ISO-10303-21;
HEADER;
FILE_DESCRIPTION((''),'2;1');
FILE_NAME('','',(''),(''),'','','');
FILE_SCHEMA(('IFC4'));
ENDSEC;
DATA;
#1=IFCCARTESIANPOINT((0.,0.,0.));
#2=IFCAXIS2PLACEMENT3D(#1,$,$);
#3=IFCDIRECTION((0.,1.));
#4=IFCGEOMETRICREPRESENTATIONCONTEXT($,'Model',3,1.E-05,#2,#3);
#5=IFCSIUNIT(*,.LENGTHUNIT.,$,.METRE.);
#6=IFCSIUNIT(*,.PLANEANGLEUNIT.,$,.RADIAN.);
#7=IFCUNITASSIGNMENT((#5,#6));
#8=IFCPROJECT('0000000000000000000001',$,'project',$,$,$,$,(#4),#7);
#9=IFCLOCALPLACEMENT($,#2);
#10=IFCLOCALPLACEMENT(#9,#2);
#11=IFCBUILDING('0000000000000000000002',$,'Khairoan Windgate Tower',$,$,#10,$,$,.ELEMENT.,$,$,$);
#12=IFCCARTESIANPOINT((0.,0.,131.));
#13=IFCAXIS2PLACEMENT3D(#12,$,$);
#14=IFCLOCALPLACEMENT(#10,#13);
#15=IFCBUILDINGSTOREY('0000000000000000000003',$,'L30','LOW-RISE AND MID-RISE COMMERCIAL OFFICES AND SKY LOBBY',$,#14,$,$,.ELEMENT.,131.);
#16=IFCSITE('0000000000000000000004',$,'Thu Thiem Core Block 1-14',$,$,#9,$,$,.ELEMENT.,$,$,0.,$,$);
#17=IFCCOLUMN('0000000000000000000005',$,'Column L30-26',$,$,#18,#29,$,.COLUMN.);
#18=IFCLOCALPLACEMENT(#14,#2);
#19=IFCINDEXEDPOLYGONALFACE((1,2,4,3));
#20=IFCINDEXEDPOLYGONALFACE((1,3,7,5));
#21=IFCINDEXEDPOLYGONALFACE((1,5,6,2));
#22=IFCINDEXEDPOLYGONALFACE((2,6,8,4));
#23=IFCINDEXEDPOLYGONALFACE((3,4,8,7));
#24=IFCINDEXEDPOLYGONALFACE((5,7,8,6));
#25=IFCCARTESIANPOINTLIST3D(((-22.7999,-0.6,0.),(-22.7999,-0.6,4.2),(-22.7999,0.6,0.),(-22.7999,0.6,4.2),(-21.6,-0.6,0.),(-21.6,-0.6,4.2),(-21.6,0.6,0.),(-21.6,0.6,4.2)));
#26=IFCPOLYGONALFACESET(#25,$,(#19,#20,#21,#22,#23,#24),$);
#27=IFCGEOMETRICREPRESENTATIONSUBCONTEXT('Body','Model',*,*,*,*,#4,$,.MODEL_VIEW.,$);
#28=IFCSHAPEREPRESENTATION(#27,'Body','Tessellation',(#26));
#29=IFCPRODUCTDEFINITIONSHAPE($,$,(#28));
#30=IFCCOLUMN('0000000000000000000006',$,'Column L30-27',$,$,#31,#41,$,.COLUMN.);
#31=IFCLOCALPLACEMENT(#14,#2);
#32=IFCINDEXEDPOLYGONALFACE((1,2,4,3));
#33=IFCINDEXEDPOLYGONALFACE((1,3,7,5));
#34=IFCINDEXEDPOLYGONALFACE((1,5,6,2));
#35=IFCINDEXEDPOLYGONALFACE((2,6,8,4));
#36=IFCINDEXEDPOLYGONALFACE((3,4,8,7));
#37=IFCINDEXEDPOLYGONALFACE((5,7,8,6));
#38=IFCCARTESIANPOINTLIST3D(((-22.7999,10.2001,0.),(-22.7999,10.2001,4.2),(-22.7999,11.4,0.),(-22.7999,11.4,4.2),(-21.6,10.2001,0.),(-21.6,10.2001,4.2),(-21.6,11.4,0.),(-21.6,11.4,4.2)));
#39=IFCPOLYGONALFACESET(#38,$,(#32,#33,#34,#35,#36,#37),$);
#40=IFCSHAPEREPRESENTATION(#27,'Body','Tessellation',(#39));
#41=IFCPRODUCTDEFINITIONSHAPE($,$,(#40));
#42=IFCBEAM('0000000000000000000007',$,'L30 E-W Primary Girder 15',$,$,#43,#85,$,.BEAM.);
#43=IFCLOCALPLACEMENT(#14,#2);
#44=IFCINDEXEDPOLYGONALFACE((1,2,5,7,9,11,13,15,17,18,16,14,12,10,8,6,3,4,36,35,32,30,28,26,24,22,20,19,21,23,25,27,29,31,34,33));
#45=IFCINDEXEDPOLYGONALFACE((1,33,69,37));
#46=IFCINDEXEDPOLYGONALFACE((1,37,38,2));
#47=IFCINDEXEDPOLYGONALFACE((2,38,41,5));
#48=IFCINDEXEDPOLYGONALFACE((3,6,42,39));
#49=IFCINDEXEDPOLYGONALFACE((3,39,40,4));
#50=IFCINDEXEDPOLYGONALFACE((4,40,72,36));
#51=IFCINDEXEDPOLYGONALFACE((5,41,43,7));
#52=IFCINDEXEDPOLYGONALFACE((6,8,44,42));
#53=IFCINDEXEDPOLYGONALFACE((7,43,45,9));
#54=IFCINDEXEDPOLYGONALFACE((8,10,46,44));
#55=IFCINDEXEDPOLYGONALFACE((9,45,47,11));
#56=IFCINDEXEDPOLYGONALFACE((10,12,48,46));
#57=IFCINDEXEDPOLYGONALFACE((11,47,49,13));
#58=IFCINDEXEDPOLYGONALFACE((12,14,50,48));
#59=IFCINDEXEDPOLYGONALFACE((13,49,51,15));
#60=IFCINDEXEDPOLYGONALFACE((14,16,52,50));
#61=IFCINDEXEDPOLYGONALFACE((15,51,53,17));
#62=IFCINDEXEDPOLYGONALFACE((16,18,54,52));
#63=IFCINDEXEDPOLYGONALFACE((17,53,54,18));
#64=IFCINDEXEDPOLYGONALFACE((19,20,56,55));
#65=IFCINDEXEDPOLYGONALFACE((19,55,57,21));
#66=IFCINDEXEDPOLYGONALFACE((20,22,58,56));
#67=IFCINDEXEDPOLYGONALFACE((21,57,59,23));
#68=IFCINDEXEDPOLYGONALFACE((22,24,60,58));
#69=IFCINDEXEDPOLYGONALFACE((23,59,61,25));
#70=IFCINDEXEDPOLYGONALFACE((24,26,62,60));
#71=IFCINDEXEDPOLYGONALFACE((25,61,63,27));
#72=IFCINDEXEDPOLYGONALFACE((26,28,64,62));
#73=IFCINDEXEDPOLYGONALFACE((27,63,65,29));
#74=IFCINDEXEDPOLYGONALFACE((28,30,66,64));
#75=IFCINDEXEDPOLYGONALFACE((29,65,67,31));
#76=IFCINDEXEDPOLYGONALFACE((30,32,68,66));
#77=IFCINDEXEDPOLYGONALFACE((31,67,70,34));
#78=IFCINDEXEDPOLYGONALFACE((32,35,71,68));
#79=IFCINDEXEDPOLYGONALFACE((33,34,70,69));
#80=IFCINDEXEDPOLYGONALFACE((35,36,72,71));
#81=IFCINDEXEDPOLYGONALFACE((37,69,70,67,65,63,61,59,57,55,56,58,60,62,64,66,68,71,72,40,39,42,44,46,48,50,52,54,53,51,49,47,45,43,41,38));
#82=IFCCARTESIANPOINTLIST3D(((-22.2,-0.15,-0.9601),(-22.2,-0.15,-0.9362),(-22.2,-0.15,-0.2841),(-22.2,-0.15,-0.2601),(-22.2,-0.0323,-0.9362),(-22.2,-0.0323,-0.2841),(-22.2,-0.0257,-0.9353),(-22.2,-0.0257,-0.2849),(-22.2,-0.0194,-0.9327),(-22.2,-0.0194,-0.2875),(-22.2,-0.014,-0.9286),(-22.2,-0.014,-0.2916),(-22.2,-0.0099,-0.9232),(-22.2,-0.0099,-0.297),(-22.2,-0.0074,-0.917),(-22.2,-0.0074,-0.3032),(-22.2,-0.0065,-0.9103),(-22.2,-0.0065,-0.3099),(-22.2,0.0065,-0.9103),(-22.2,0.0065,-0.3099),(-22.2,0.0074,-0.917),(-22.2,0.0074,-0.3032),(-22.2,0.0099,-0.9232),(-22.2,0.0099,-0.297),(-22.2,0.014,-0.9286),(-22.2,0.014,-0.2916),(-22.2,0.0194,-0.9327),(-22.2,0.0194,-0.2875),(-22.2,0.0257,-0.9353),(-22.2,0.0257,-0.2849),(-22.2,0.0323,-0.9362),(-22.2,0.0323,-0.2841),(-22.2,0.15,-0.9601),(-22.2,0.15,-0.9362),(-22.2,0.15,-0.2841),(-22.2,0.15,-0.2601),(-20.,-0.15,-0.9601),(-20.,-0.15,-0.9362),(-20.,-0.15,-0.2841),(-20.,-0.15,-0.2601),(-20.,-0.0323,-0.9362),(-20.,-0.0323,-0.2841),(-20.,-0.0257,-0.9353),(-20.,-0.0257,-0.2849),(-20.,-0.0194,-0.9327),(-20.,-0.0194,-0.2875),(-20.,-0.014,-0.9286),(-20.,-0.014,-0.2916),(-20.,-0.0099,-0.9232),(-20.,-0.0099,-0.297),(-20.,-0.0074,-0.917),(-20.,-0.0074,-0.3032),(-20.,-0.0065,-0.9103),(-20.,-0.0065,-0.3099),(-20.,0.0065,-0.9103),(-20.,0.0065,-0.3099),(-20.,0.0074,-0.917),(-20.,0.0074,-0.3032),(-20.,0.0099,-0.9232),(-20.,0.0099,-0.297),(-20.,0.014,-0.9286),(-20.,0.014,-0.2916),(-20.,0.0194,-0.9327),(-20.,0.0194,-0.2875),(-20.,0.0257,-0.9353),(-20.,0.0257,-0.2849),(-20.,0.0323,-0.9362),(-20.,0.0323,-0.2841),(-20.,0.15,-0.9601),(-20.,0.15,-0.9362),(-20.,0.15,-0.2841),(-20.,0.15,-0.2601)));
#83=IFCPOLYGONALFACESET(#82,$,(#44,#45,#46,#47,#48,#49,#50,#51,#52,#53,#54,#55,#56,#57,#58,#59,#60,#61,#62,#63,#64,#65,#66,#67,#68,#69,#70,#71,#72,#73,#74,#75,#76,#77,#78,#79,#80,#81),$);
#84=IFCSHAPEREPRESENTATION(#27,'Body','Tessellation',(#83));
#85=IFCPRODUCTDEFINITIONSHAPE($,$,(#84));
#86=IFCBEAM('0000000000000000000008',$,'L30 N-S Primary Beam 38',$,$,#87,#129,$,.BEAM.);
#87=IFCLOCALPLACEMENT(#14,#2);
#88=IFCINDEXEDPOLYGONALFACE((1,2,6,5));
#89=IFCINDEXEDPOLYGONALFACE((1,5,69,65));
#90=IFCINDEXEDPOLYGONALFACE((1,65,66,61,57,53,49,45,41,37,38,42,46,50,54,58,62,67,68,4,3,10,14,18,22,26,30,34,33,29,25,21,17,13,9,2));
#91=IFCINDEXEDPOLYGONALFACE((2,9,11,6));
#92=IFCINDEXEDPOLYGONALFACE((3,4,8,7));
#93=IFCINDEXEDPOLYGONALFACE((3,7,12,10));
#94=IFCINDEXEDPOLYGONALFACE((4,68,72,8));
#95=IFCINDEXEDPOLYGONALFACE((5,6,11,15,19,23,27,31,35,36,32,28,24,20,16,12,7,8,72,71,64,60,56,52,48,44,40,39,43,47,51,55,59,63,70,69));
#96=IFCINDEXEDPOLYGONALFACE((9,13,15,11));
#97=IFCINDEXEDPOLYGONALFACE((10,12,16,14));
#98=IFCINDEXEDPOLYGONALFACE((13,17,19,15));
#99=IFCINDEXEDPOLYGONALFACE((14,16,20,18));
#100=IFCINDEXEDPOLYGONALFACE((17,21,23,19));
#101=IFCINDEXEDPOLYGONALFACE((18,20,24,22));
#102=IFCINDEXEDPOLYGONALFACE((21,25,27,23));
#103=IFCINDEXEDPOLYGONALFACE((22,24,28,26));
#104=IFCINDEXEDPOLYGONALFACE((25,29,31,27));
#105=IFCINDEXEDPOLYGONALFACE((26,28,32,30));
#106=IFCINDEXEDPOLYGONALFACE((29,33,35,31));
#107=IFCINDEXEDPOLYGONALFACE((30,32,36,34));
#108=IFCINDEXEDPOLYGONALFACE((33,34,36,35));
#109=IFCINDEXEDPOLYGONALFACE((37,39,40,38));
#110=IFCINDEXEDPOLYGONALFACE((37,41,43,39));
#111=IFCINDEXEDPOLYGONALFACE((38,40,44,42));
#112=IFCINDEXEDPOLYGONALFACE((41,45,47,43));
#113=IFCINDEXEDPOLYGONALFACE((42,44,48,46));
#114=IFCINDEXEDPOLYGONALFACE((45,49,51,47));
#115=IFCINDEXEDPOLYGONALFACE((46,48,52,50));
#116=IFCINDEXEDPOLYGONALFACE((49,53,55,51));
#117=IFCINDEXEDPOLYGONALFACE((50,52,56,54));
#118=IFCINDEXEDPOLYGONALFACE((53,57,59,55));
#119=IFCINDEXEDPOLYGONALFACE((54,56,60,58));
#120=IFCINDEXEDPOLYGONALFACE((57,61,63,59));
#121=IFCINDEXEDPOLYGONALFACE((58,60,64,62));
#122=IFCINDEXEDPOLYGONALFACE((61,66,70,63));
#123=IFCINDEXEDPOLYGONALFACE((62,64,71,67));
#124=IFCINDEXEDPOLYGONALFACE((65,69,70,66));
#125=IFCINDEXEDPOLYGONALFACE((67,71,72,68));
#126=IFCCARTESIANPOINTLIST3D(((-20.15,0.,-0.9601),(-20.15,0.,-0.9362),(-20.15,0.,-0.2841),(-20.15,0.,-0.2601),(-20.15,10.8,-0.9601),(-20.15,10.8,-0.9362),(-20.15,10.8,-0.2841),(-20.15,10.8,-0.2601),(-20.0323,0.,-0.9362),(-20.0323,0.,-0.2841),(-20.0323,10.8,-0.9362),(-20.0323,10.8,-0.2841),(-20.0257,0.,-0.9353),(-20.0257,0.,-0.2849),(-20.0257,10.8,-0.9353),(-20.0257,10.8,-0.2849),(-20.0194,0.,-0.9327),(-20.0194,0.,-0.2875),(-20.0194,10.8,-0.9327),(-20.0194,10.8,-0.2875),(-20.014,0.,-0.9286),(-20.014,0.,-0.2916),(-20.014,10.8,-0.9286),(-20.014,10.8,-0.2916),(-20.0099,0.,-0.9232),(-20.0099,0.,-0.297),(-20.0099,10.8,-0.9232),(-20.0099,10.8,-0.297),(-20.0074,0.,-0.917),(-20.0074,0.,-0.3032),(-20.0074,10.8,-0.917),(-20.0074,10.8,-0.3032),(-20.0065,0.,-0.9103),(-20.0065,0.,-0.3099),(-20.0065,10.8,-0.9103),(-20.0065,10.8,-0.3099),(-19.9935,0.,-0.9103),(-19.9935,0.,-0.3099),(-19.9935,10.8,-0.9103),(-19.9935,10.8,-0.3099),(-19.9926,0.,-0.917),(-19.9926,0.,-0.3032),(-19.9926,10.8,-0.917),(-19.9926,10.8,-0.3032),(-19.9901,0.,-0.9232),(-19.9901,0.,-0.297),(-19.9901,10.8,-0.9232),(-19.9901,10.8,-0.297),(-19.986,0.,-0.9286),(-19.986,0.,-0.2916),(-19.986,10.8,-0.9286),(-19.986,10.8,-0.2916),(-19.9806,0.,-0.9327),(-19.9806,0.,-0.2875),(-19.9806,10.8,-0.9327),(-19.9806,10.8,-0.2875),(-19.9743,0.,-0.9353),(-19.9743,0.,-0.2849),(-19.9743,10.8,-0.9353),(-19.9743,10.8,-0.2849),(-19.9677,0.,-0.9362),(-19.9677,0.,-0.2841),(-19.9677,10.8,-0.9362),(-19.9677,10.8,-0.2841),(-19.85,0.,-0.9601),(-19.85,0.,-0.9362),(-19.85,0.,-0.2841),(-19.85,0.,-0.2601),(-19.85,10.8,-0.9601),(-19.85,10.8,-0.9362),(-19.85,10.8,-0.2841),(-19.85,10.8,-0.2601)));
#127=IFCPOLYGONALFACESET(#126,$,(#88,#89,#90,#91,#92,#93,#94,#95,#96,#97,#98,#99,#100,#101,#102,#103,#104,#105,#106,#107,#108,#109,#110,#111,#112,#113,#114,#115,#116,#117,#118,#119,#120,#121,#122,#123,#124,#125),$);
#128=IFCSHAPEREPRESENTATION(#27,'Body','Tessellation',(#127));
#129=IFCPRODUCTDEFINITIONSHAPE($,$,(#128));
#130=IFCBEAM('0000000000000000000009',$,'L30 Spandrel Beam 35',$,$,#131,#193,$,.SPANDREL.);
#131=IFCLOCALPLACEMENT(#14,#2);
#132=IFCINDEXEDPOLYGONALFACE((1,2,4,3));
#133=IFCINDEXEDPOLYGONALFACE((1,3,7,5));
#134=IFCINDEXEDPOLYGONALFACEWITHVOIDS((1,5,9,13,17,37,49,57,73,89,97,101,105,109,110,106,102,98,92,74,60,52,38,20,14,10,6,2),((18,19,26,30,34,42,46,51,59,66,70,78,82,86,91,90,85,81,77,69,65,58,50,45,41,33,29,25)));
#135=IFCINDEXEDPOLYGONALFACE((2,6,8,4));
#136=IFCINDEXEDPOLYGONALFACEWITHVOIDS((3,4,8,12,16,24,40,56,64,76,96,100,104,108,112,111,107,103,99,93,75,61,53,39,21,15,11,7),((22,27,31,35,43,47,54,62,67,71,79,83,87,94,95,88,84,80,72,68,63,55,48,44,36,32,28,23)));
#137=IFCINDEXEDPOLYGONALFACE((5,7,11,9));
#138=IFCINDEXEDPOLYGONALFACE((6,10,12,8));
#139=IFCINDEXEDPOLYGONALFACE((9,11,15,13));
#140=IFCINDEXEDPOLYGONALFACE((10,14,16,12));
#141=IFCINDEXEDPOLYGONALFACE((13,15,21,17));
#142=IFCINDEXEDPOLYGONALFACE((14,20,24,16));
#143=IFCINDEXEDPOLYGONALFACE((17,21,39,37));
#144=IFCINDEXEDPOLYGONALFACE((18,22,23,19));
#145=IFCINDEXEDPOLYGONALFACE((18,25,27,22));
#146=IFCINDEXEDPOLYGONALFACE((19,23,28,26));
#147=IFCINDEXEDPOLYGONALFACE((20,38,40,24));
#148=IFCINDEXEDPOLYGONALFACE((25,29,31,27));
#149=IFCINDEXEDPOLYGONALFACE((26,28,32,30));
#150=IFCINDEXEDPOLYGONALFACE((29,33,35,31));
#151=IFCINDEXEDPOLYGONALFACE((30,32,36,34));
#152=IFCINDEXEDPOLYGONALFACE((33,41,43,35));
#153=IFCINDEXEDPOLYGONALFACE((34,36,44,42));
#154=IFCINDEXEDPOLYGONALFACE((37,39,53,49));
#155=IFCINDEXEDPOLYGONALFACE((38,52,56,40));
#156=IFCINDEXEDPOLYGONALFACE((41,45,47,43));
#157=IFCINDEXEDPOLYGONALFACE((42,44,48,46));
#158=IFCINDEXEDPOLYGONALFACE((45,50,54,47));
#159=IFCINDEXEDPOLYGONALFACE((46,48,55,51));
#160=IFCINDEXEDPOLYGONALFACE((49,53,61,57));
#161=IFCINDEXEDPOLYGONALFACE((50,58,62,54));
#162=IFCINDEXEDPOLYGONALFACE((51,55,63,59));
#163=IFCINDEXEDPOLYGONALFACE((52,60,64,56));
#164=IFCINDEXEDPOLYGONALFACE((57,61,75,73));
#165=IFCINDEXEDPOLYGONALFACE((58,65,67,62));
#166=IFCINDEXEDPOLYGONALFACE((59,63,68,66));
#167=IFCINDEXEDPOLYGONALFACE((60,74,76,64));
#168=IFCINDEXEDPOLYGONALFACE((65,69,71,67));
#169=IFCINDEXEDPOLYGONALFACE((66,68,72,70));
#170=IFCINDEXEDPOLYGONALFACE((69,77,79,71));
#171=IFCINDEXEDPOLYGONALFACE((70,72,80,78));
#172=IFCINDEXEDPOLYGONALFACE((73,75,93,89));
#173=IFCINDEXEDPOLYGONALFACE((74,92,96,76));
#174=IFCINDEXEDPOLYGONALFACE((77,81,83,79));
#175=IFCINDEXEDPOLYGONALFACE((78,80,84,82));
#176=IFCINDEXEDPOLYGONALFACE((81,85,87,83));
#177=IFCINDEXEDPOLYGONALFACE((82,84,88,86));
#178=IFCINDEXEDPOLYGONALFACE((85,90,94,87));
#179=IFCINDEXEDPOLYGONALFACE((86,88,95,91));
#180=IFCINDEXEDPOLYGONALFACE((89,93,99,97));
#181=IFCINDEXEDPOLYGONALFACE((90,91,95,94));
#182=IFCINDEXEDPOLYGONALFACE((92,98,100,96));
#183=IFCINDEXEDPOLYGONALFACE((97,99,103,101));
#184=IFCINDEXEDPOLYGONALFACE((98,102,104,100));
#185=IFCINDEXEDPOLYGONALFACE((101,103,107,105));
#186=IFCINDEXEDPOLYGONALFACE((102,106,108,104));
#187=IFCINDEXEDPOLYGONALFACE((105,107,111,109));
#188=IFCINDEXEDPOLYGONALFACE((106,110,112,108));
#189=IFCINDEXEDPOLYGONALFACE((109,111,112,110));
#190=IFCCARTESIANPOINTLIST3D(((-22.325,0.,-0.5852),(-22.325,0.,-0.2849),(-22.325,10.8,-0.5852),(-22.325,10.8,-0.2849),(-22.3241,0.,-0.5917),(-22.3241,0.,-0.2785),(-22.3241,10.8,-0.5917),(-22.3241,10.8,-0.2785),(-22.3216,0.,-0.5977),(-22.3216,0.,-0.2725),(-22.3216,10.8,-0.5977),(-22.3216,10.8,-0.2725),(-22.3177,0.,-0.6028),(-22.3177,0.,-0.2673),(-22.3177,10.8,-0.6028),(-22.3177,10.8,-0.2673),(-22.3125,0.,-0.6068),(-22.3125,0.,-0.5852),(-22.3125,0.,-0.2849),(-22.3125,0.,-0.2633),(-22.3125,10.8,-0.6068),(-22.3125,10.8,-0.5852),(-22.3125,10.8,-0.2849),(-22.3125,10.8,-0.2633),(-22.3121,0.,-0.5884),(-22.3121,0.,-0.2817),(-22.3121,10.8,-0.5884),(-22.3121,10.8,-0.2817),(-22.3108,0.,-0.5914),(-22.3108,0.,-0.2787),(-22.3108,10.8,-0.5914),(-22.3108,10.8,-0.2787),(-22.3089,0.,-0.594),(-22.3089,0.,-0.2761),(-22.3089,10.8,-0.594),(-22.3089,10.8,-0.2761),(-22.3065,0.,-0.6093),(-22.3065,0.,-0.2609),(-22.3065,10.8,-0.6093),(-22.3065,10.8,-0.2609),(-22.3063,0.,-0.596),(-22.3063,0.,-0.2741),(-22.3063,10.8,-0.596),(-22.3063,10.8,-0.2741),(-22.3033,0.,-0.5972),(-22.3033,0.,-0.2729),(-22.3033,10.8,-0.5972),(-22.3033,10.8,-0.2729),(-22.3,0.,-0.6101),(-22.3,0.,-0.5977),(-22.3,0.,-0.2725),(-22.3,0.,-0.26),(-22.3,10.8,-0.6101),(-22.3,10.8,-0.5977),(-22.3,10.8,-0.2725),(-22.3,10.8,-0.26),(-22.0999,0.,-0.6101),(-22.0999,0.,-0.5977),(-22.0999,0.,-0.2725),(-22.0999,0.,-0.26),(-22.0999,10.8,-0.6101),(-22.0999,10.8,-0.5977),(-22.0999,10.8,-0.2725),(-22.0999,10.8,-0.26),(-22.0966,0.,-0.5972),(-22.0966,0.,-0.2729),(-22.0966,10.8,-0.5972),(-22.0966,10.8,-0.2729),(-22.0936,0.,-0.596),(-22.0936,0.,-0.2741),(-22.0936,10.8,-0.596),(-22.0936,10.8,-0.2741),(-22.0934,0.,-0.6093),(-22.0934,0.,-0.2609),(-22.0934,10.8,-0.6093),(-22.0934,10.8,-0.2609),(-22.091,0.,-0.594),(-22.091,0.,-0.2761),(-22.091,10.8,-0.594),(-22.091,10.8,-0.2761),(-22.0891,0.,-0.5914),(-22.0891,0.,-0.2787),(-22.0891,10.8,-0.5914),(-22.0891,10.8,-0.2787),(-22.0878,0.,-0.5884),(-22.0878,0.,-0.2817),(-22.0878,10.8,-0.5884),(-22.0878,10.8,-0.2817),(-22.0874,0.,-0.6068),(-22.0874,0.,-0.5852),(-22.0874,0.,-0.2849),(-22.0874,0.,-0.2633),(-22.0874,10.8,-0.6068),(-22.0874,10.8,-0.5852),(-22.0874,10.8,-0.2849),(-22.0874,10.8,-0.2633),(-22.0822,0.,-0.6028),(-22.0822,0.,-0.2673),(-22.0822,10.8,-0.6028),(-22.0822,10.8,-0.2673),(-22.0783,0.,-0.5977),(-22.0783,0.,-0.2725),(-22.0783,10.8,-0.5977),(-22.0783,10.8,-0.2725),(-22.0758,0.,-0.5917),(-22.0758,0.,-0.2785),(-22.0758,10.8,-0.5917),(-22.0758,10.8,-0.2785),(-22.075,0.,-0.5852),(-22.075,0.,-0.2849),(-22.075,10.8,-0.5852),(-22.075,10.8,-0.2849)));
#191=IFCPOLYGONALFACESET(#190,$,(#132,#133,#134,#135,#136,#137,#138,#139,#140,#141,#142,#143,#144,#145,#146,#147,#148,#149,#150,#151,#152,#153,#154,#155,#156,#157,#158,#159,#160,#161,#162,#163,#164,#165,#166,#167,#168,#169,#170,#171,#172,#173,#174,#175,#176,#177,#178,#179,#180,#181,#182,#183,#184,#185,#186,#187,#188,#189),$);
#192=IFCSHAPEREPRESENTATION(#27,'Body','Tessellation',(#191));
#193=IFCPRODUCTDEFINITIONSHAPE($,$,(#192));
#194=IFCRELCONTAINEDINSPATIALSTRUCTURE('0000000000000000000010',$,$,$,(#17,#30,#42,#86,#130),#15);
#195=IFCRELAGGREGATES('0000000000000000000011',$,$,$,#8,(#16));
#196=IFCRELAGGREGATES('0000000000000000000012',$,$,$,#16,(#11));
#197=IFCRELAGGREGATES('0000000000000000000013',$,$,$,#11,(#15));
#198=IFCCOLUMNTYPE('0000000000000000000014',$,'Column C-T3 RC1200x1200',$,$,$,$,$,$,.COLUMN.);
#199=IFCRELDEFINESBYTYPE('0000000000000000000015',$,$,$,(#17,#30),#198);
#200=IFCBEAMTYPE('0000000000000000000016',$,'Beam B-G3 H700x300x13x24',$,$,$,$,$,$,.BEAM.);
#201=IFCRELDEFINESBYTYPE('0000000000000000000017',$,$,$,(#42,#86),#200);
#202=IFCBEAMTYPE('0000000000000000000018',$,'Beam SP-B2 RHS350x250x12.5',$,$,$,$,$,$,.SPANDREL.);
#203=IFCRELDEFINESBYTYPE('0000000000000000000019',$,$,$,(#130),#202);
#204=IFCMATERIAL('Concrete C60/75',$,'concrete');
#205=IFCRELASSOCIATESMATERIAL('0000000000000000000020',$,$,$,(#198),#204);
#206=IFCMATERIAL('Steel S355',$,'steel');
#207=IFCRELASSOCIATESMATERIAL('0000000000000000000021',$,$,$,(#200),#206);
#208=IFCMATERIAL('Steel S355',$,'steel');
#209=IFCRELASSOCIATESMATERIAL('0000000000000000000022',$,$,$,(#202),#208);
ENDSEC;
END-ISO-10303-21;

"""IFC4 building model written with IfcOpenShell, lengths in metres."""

from ifc_helpers import new_model, si_unit, direction, frame, origin, origin_2d, place, context, subcontext, project, spatial, rectangle, hollow_rectangle, i_section, extrude, material, material_profile, profile_set, type_object, element, save


model = new_model("IFC4")

# Units and contexts
model_context = context("Model", 3, precision=1e-05, world=origin(), true_north=direction((0.0, 1.0)))
body_context = subcontext(model_context, "Body", "Model", "MODEL_VIEW")
ifc_project = project(units=[si_unit("LENGTHUNIT", "METRE"), si_unit("PLANEANGLEUNIT", "RADIAN")], contexts=[model_context])

# Site, building, storey
site_placement = place(None, origin())
site = spatial("IfcSite", under=ifc_project, at=site_placement, Name="Thu Thiem Core Block 1-14", CompositionType="ELEMENT", RefElevation=0.0)
building_placement = place(site_placement, origin())
building = spatial("IfcBuilding", under=site, at=building_placement, Name="Khairoan Windgate Tower", CompositionType="ELEMENT")
storey_placement = place(building_placement, frame((0.0, 0.0, 131.0)))
storey = spatial("IfcBuildingStorey", under=building, at=storey_placement, Name="L30", Description="LOW-RISE AND MID-RISE COMMERCIAL OFFICES AND SKY LOBBY", CompositionType="ELEMENT", Elevation=131.0)

# Columns
ifc_material_1 = material(Name="Concrete C60/75", Category="concrete")
ifc_material_profile_1 = material_profile(ifc_material_1, rectangle(XDim=1.2, YDim=1.2, at=origin_2d()))
ifc_profile_set_1 = profile_set([ifc_material_profile_1], Name="Concrete C60/75")
column_type = type_object("IfcColumnType", Name="Column C-T3 RC1200x1200", PredefinedType="COLUMN", material=ifc_profile_set_1)
for number, where, z_axis, x_axis, name in (
    (1, (-22.2, 0.0, 0.0), (0.0, 0.0, 1.0), (1.0, 0.0, 0.0), "Column L30-26"),
    (2, (-22.2, 10.8, 0.0), (0.0, 0.0, 1.0), (1.0, 0.0, 0.0), "Column L30-27"),
):
    element("IfcColumn", number, at=place(storey_placement, frame(where, z_axis=z_axis, x_axis=x_axis)), inside=storey, type_object=column_type, Name=name, PredefinedType="COLUMN", context=body_context, shape_type="SweptSolid", body=[
        extrude(rectangle(XDim=1.2, YDim=1.2, at=origin_2d()), origin(), (0.0, 0.0, 1.0), 4.2),
    ])

# Beams
ifc_material_2 = material(Name="Steel S355", Category="steel")
ifc_material_profile_2 = material_profile(ifc_material_2, i_section(OverallWidth=0.3, OverallDepth=0.7, WebThickness=0.0129, FlangeThickness=0.0239, FilletRadius=0.0259, at=origin_2d()))
ifc_profile_set_2 = profile_set([ifc_material_profile_2], Name="Steel S355")
beam_type_1 = type_object("IfcBeamType", Name="Beam B-G3 H700x300x13x24", PredefinedType="BEAM", material=ifc_profile_set_2)
beam_1_placement = place(storey_placement, frame((-22.2, 0.0, -0.6101), z_axis=(1.0, 0.0, 0.0), x_axis=(0.0, 1.0, 0.0)))
element("IfcBeam", 3, at=beam_1_placement, inside=storey, type_object=beam_type_1, Name="L30 E-W Primary Girder 15", PredefinedType="BEAM", context=body_context, shape_type="SweptSolid", body=[
    extrude(i_section(OverallWidth=0.3, OverallDepth=0.7, WebThickness=0.0129, FlangeThickness=0.0239, FilletRadius=0.0259, at=origin_2d()), origin(), (0.0, 0.0, 1.0), 2.2),
])
beam_2_placement = place(storey_placement, frame((-20.0, 0.0, -0.6101), z_axis=(0.0, 1.0, 0.0), x_axis=(-1.0, 0.0, 0.0)))
element("IfcBeam", 4, at=beam_2_placement, inside=storey, type_object=beam_type_1, Name="L30 N-S Primary Beam 38", PredefinedType="BEAM", context=body_context, shape_type="SweptSolid", body=[
    extrude(i_section(OverallWidth=0.3, OverallDepth=0.7, WebThickness=0.0129, FlangeThickness=0.0239, FilletRadius=0.0259, at=origin_2d()), origin(), (0.0, 0.0, 1.0), 10.8),
])
ifc_material_3 = material(Name="Steel S355", Category="steel")
ifc_material_profile_3 = material_profile(ifc_material_3, hollow_rectangle(XDim=0.25, YDim=0.3501, WallThickness=0.0125, InnerFilletRadius=0.0125, OuterFilletRadius=0.0249, at=origin_2d()))
ifc_profile_set_3 = profile_set([ifc_material_profile_3], Name="Steel S355")
beam_type_2 = type_object("IfcBeamType", Name="Beam SP-B2 RHS350x250x12.5", PredefinedType="SPANDREL", material=ifc_profile_set_3)
beam_3_placement = place(storey_placement, frame((-22.2, 0.0, -0.4351), z_axis=(0.0, 1.0, 0.0), x_axis=(-1.0, 0.0, 0.0)))
element("IfcBeam", 5, at=beam_3_placement, inside=storey, type_object=beam_type_2, Name="L30 Spandrel Beam 35", PredefinedType="SPANDREL", context=body_context, shape_type="SweptSolid", body=[
    extrude(hollow_rectangle(XDim=0.25, YDim=0.3501, WallThickness=0.0125, InnerFilletRadius=0.0125, OuterFilletRadius=0.0249, at=origin_2d()), origin(), (0.0, 0.0, 1.0), 10.8),
])

save(model, "model.ifc")
